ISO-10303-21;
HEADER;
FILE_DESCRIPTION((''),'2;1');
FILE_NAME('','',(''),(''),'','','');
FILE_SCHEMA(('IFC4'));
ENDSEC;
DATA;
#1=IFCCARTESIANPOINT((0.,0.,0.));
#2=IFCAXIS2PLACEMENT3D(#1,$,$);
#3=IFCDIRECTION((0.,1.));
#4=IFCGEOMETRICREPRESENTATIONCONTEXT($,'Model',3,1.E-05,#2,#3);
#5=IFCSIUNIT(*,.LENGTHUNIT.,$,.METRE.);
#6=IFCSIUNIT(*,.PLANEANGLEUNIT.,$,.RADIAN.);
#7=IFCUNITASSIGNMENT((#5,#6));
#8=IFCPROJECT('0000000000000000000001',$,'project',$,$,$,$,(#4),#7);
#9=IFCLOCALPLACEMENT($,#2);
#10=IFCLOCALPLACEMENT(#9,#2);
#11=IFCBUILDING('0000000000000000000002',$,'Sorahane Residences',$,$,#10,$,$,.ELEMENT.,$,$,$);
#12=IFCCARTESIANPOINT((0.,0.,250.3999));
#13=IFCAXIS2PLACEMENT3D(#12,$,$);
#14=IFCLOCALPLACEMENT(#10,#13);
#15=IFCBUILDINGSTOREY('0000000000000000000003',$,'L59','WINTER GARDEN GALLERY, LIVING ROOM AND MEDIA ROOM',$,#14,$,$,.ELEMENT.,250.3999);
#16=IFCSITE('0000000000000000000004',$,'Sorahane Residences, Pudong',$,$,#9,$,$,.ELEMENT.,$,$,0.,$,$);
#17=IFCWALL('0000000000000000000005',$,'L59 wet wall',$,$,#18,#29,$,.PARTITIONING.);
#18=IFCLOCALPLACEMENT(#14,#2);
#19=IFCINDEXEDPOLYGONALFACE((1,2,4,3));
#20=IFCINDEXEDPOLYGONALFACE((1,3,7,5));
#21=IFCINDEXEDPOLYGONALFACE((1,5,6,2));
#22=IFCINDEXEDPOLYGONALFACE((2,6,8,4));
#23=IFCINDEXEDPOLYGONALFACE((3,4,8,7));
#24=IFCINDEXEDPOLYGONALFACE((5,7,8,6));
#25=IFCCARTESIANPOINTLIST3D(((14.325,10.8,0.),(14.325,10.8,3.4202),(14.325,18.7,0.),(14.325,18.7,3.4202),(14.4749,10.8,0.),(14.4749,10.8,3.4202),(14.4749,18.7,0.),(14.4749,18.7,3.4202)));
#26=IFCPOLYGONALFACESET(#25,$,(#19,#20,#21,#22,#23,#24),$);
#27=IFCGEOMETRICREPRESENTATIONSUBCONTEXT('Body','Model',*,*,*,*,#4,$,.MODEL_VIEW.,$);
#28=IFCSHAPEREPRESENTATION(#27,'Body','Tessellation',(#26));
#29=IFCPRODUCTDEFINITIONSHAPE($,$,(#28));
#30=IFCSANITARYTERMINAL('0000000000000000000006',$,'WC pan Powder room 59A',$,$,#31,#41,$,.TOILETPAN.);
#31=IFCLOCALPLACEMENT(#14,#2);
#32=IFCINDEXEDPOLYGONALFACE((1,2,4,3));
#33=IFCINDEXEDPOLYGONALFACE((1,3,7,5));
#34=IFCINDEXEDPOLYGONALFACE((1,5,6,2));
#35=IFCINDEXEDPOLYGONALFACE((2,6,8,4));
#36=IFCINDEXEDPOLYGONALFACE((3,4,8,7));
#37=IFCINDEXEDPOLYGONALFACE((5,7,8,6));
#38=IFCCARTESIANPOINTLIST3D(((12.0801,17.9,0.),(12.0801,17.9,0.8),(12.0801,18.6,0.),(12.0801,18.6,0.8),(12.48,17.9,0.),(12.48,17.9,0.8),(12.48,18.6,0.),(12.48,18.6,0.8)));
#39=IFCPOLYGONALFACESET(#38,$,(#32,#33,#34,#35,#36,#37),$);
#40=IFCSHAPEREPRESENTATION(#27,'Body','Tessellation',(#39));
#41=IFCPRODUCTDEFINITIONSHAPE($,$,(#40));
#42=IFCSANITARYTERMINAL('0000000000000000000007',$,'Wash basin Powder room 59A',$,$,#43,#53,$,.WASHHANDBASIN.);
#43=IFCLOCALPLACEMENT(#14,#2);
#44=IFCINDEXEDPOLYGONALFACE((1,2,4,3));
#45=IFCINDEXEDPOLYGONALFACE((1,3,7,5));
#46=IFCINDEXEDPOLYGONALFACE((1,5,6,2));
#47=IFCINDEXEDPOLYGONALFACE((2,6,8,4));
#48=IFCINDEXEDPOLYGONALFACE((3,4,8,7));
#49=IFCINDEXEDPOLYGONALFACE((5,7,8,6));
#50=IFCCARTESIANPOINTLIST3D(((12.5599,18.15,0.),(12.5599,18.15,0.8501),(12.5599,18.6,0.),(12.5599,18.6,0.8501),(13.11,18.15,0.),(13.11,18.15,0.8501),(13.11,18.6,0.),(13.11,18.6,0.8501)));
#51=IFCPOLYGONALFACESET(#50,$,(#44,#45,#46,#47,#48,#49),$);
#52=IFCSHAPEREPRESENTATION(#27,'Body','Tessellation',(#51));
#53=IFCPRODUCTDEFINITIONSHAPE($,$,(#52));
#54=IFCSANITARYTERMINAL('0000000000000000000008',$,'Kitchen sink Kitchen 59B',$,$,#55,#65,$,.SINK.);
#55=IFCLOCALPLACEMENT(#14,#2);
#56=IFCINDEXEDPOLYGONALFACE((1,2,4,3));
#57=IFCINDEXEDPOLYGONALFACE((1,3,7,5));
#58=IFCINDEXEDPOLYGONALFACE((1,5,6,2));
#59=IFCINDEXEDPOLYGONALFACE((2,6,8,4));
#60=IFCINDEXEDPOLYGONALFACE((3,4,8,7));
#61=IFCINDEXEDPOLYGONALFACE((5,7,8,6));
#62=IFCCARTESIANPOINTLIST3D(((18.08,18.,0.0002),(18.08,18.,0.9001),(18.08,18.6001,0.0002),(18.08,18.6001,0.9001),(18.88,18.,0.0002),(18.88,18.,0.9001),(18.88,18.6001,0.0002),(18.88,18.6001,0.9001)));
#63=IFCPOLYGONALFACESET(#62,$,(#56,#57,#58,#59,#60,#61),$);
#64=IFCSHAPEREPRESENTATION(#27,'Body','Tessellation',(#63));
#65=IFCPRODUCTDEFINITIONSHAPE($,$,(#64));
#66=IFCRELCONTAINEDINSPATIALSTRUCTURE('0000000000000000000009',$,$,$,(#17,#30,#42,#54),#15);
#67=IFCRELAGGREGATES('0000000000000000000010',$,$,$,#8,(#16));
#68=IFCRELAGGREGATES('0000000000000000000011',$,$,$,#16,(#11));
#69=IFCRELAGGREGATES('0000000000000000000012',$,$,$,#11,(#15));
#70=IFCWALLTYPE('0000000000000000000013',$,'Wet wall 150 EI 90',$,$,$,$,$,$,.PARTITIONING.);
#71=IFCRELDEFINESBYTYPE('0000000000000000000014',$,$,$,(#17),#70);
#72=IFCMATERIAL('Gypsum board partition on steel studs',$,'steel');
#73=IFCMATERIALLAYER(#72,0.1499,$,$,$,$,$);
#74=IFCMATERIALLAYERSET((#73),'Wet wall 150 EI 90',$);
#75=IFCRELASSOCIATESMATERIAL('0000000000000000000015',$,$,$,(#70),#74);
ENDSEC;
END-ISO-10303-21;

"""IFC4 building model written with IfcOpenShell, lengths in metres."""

from ifc_helpers import new_model, si_unit, direction, frame, frame_2d, origin, origin_2d, place, context, subcontext, project, spatial, rectangle, extrude, material, layer, layer_set, type_object, element, save


model = new_model("IFC4")

# Units and contexts
model_context = context("Model", 3, precision=1e-05, world=origin(), true_north=direction((0.0, 1.0)))
body_context = subcontext(model_context, "Body", "Model", "MODEL_VIEW")
ifc_project = project(units=[si_unit("LENGTHUNIT", "METRE"), si_unit("PLANEANGLEUNIT", "RADIAN")], contexts=[model_context])

# Site, building, storey
site_placement = place(None, origin())
site = spatial("IfcSite", under=ifc_project, at=site_placement, Name="Sorahane Residences, Pudong", CompositionType="ELEMENT", RefElevation=0.0)
building_placement = place(site_placement, origin())
building = spatial("IfcBuilding", under=site, at=building_placement, Name="Sorahane Residences", CompositionType="ELEMENT")
storey_placement = place(building_placement, frame((0.0, 0.0, 250.3999)))
storey = spatial("IfcBuildingStorey", under=building, at=storey_placement, Name="L59", Description="WINTER GARDEN GALLERY, LIVING ROOM AND MEDIA ROOM", CompositionType="ELEMENT", Elevation=250.3999)

# Wall
ifc_material_1 = material(Name="Gypsum board partition on steel studs", Category="steel")
ifc_layer_1 = layer(ifc_material_1, 0.1499)
ifc_layer_set_1 = layer_set([ifc_layer_1], Name="Wet wall 150 EI 90")
wall_type_1 = type_object("IfcWallType", Name="Wet wall 150 EI 90", PredefinedType="PARTITIONING", material=ifc_layer_set_1)
wall_1_placement = place(storey_placement, frame((14.3999, 10.8, 0.0), z_axis=(0.0, 0.0, 1.0), x_axis=(0.0, 1.0, 0.0)))
element("IfcWall", 1, at=wall_1_placement, inside=storey, type_object=wall_type_1, Name="L59 wet wall", PredefinedType="PARTITIONING", context=body_context, shape_type="SweptSolid", body=[
    extrude(rectangle(XDim=7.8999, YDim=0.1499, at=frame_2d((3.95, 0.0))), origin(), (0.0, 0.0, 1.0), 3.4202),
])

# Sanitary terminals
sanitary_terminal_1_placement = place(storey_placement, frame((12.28, 18.25, 0.0), z_axis=(0.0, 0.0, 1.0), x_axis=(1.0, 0.0, 0.0)))
element("IfcSanitaryTerminal", 2, at=sanitary_terminal_1_placement, inside=storey, Name="WC pan Powder room 59A", PredefinedType="TOILETPAN", context=body_context, shape_type="SweptSolid", body=[
    extrude(rectangle(XDim=0.3999, YDim=0.7, at=origin_2d()), origin(), (0.0, 0.0, 1.0), 0.8),
])
sanitary_terminal_2_placement = place(storey_placement, frame((12.835, 18.375, 0.0), z_axis=(0.0, 0.0, 1.0), x_axis=(1.0, 0.0, 0.0)))
element("IfcSanitaryTerminal", 3, at=sanitary_terminal_2_placement, inside=storey, Name="Wash basin Powder room 59A", PredefinedType="WASHHANDBASIN", context=body_context, shape_type="SweptSolid", body=[
    extrude(rectangle(XDim=0.55, YDim=0.45, at=origin_2d()), origin(), (0.0, 0.0, 1.0), 0.8501),
])
sanitary_terminal_3_placement = place(storey_placement, frame((18.48, 18.3, 0.0002), z_axis=(0.0, 0.0, 1.0), x_axis=(1.0, 0.0, 0.0)))
element("IfcSanitaryTerminal", 4, at=sanitary_terminal_3_placement, inside=storey, Name="Kitchen sink Kitchen 59B", PredefinedType="SINK", context=body_context, shape_type="SweptSolid", body=[
    extrude(rectangle(XDim=0.8, YDim=0.6001, at=origin_2d()), origin(), (0.0, 0.0, 1.0), 0.8999),
])

save(model, "model.ifc")
